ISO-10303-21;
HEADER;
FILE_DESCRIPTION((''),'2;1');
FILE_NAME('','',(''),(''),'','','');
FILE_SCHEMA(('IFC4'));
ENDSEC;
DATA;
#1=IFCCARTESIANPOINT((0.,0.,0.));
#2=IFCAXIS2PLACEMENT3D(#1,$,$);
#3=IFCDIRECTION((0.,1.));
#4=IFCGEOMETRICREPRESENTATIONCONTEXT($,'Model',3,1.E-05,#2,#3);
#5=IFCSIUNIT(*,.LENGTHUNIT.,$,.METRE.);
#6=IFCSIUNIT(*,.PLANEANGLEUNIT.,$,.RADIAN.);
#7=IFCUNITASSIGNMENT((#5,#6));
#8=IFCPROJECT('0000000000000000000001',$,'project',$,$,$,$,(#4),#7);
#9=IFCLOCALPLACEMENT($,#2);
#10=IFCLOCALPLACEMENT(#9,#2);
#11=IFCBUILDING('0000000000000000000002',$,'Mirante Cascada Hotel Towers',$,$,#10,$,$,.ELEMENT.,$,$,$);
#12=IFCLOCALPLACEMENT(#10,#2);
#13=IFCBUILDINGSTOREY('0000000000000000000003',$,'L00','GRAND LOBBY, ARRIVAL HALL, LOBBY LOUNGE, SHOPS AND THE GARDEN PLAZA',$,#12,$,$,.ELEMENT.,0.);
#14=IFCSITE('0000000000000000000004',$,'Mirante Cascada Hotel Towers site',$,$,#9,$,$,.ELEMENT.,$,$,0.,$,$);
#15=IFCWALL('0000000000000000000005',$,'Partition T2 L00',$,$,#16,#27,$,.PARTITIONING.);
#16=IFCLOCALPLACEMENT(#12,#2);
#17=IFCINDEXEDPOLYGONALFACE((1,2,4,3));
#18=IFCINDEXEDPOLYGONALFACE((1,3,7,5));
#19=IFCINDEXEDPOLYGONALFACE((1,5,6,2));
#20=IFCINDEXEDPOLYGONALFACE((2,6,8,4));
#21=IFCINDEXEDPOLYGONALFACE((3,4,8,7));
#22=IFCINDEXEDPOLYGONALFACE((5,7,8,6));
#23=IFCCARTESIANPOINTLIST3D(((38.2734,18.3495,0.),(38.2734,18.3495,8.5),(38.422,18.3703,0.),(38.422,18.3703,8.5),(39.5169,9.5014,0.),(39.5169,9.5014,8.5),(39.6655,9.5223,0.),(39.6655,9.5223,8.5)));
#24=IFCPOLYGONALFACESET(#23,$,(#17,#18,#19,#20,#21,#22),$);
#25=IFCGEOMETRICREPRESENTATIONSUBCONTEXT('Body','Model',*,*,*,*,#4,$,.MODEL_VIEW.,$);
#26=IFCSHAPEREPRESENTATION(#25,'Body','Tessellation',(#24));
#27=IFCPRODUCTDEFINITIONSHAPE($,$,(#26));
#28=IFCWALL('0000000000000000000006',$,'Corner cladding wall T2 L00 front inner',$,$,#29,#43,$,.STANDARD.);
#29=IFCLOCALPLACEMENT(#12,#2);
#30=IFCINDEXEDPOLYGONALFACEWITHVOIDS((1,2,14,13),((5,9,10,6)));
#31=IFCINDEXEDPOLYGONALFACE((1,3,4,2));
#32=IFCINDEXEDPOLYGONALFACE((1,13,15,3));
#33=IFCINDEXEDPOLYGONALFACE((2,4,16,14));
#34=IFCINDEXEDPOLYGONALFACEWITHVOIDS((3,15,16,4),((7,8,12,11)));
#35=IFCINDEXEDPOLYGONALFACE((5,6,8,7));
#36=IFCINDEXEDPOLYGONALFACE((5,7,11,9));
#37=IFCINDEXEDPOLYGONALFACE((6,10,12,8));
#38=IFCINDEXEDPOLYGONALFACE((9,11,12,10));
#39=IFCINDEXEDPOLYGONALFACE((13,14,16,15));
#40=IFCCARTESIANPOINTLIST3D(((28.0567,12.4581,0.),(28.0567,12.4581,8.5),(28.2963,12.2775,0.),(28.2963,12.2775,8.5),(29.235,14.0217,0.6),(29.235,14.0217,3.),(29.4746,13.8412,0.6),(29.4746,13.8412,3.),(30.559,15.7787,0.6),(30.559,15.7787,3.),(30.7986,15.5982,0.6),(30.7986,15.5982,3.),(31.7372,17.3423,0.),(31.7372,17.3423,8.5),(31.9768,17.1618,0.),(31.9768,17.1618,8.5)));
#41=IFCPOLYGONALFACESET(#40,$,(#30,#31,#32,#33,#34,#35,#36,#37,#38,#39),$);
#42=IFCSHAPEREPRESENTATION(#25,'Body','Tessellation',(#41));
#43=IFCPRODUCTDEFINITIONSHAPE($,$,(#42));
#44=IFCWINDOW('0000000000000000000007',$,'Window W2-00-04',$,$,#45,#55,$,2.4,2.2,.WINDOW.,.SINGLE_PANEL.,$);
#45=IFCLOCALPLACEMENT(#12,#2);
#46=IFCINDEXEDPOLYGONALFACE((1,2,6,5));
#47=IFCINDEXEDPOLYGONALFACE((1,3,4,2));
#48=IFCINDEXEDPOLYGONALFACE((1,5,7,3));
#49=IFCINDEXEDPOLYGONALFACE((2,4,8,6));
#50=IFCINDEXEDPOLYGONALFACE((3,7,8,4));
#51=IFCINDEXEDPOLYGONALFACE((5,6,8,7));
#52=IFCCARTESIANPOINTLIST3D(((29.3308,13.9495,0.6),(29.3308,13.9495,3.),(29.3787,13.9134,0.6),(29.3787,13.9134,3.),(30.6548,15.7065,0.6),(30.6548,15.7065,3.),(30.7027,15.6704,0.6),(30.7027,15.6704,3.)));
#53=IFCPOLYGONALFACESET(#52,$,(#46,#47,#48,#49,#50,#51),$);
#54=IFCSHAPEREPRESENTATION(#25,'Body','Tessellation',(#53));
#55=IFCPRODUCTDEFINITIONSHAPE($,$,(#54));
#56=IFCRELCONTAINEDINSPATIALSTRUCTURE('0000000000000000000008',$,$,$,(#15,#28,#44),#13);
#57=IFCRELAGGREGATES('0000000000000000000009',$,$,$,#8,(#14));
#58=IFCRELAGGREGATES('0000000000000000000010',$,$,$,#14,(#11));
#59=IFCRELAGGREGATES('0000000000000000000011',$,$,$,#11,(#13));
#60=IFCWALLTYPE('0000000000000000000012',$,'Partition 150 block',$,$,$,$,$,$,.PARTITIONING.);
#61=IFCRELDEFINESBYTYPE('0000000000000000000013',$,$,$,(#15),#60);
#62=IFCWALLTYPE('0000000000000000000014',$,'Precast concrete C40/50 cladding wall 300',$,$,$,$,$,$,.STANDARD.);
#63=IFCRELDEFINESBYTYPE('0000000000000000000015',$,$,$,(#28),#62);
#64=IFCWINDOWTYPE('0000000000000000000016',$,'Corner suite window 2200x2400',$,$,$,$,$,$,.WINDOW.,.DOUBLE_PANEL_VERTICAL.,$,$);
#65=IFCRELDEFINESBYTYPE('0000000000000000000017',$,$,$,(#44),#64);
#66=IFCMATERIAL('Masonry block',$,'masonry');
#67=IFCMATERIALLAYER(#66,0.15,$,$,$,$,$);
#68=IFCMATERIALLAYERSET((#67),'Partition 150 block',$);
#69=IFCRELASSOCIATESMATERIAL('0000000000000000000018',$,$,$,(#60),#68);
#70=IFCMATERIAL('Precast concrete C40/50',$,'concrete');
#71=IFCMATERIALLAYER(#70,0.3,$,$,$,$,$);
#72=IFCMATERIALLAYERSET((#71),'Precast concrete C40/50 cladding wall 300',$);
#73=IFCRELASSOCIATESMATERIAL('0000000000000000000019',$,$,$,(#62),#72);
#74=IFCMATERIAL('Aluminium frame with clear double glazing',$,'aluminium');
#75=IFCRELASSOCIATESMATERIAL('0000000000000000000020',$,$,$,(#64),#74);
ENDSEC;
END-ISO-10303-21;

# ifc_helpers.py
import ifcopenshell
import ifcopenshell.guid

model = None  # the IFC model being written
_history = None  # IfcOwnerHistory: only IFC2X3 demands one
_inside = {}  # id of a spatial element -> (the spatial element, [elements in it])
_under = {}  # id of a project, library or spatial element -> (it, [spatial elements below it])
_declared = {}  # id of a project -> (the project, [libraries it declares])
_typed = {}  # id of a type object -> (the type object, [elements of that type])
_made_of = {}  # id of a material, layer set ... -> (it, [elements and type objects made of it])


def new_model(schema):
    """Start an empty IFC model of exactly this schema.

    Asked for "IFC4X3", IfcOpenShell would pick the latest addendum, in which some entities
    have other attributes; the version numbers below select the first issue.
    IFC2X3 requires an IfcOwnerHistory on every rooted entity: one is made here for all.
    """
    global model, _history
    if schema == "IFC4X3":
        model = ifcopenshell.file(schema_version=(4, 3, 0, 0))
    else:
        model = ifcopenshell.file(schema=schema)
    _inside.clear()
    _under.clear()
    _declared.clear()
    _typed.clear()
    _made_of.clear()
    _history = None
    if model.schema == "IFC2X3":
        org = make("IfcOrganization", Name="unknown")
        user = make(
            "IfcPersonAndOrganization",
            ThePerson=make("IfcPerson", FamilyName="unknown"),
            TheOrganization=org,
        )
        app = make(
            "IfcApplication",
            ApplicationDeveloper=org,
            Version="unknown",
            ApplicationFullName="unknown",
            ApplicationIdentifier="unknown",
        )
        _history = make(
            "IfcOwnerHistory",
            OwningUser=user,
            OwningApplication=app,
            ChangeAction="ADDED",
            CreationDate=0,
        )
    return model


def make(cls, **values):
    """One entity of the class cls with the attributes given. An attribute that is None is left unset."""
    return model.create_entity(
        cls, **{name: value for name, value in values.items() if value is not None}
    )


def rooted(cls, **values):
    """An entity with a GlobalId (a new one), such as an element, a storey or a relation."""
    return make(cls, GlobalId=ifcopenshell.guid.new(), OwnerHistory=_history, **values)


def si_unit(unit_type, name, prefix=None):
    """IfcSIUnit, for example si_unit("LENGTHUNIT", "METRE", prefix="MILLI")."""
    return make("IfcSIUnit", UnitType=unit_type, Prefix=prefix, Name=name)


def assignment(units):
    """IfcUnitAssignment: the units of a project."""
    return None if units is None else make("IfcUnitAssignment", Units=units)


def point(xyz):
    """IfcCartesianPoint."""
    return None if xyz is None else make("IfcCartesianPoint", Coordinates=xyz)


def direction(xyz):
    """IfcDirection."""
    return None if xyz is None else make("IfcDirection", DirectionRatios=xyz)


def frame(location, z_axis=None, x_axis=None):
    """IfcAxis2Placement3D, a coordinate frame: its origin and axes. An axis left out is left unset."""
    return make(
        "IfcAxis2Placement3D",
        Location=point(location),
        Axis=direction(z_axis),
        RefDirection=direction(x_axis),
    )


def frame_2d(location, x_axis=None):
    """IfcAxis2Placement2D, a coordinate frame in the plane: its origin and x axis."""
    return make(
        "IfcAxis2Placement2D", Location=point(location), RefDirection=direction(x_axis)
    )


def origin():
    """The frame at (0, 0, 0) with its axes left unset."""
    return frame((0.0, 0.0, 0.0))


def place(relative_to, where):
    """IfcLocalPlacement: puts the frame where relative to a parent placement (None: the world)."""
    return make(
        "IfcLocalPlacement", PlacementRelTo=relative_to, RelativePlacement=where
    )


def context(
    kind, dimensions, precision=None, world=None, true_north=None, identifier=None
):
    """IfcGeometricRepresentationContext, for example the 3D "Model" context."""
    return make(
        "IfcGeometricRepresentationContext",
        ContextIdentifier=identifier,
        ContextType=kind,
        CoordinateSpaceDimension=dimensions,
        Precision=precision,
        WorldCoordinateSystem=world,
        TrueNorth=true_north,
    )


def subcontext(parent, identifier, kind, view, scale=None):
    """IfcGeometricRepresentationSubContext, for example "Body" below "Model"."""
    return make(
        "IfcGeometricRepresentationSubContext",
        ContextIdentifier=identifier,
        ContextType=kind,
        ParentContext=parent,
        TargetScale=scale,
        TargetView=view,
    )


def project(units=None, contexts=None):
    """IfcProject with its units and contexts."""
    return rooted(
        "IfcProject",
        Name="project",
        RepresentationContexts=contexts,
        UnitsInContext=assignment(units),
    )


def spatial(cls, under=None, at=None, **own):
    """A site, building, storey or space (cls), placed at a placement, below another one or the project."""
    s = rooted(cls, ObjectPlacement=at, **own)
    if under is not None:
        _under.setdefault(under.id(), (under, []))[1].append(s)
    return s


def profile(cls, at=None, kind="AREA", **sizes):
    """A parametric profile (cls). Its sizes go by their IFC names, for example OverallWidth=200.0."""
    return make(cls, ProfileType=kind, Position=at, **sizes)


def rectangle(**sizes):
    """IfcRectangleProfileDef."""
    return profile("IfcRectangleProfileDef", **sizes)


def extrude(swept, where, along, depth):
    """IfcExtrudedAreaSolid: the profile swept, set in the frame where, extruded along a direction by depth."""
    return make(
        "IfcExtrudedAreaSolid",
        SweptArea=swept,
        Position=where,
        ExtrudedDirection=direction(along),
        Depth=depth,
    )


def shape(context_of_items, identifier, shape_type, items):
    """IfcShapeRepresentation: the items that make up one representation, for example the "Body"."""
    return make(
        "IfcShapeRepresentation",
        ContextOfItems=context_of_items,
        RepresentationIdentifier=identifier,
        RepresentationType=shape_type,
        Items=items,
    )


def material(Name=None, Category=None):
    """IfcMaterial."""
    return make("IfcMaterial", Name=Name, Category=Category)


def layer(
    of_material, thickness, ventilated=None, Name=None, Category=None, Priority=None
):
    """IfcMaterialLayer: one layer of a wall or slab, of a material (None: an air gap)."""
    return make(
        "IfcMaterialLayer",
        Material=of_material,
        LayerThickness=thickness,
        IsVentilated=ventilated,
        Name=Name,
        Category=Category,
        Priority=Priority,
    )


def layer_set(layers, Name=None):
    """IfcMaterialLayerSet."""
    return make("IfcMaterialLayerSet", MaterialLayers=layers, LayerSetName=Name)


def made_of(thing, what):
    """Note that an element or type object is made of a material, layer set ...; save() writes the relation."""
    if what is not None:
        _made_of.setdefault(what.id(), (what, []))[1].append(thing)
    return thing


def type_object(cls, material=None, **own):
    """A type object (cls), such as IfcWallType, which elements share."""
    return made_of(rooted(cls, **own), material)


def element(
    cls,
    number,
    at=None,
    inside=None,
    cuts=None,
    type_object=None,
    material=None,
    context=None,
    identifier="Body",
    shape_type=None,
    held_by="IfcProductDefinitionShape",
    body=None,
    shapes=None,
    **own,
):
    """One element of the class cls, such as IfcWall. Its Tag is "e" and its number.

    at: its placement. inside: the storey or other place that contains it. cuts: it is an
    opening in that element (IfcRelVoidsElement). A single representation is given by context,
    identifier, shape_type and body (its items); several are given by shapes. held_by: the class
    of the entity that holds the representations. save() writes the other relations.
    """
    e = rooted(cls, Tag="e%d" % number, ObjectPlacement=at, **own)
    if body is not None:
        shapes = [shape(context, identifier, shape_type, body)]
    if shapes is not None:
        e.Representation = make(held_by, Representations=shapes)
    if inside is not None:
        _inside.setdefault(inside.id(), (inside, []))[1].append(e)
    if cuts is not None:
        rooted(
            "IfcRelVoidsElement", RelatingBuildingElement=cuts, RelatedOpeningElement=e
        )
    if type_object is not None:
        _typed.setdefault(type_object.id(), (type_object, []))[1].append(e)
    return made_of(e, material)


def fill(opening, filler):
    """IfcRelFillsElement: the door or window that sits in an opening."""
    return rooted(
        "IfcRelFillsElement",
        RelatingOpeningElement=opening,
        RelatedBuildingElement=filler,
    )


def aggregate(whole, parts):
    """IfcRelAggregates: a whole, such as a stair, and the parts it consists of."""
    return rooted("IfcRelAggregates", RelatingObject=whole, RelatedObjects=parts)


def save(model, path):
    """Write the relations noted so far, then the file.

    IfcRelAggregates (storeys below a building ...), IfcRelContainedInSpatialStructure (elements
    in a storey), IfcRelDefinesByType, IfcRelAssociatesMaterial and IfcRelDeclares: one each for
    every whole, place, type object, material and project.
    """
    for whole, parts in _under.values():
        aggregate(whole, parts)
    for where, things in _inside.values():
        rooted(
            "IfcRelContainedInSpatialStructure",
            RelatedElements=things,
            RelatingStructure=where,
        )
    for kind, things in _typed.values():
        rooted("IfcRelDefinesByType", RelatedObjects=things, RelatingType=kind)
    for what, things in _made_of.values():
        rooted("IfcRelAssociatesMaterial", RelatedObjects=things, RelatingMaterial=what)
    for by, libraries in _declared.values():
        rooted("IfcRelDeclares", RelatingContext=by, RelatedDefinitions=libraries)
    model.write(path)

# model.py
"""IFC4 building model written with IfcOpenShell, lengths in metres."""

from ifc_helpers import new_model, si_unit, direction, frame, frame_2d, origin, place, context, subcontext, project, spatial, rectangle, extrude, material, layer, layer_set, type_object, element, fill, save


model = new_model("IFC4")

# Units and contexts
model_context = context("Model", 3, precision=1e-05, world=origin(), true_north=direction((0.0, 1.0)))
body_context = subcontext(model_context, "Body", "Model", "MODEL_VIEW")
ifc_project = project(units=[si_unit("LENGTHUNIT", "METRE"), si_unit("PLANEANGLEUNIT", "RADIAN")], contexts=[model_context])

# Site, building, storey
site_placement = place(None, origin())
site = spatial("IfcSite", under=ifc_project, at=site_placement, Name="Mirante Cascada Hotel Towers site", CompositionType="ELEMENT", RefElevation=0.0)
building_placement = place(site_placement, origin())
building = spatial("IfcBuilding", under=site, at=building_placement, Name="Mirante Cascada Hotel Towers", CompositionType="ELEMENT")
storey_placement = place(building_placement, origin())
storey = spatial("IfcBuildingStorey", under=building, at=storey_placement, Name="L00", Description="GRAND LOBBY, ARRIVAL HALL, LOBBY LOUNGE, SHOPS AND THE GARDEN PLAZA", CompositionType="ELEMENT", Elevation=0.0)

# Wall
ifc_material_1 = material(Name="Masonry block", Category="masonry")
ifc_layer_1 = layer(ifc_material_1, 0.15)
ifc_layer_set_1 = layer_set([ifc_layer_1], Name="Partition 150 block")
wall_type_1 = type_object("IfcWallType", Name="Partition 150 block", PredefinedType="PARTITIONING", material=ifc_layer_set_1)
wall_1_placement = place(storey_placement, frame((38.3477, 18.3599, 0.0), z_axis=(0.0, 0.0, 1.0), x_axis=(0.139173, -0.990268, 0.0)))
element("IfcWall", 1, at=wall_1_placement, inside=storey, type_object=wall_type_1, Name="Partition T2 L00", PredefinedType="PARTITIONING", context=body_context, shape_type="SweptSolid", body=[
    extrude(rectangle(XDim=8.935, YDim=0.15, at=frame_2d((4.4675, 0.0))), origin(), (0.0, 0.0, 1.0), 8.5),
])

# Wall, opening, window
ifc_material_2 = material(Name="Precast concrete C40/50", Category="concrete")
ifc_layer_2 = layer(ifc_material_2, 0.3)
ifc_layer_set_2 = layer_set([ifc_layer_2], Name="Precast concrete C40/50 cladding wall 300")
wall_type_2 = type_object("IfcWallType", Name="Precast concrete C40/50 cladding wall 300", PredefinedType="STANDARD", material=ifc_layer_set_2)
wall_2_placement = place(storey_placement, frame((31.857, 17.252, 0.0), z_axis=(0.0, 0.0, 1.0), x_axis=(-0.601814, -0.798636, 0.0)))
wall_2 = element("IfcWall", 2, at=wall_2_placement, inside=storey, type_object=wall_type_2, Name="Corner cladding wall T2 L00 front inner", PredefinedType="STANDARD", context=body_context, shape_type="SweptSolid", body=[
    extrude(rectangle(XDim=6.1157, YDim=0.3, at=frame_2d((3.0578, 0.0))), origin(), (0.0, 0.0, 1.0), 8.5),
])
opening_1_placement = place(wall_2_placement, frame((1.9578, 0.0, 0.6)))
opening_1 = element("IfcOpeningElement", 3, at=opening_1_placement, cuts=wall_2, PredefinedType="OPENING", context=body_context, shape_type="SweptSolid", body=[
    extrude(rectangle(XDim=2.2, YDim=2.4, at=frame_2d((1.1, 1.2))), frame((0.0, 0.15, 0.0), z_axis=(0.0, -1.0, 0.0), x_axis=(1.0, 0.0, 0.0)), (0.0, 0.0, 1.0), 0.3),
])
ifc_material_3 = material(Name="Aluminium frame with clear double glazing", Category="aluminium")
window_type = type_object("IfcWindowType", Name="Corner suite window 2200x2400", PartitioningType="DOUBLE_PANEL_VERTICAL", PredefinedType="WINDOW", material=ifc_material_3)
window_placement = place(opening_1_placement, origin())
window = element("IfcWindow", 4, at=window_placement, inside=storey, type_object=window_type, Name="Window W2-00-04", OverallHeight=2.4, OverallWidth=2.2, PartitioningType="SINGLE_PANEL", PredefinedType="WINDOW", context=body_context, shape_type="SweptSolid", body=[
    extrude(rectangle(XDim=2.2, YDim=2.4, at=frame_2d((1.1, 1.2))), frame((0.0, 0.03, 0.0), z_axis=(0.0, -1.0, 0.0), x_axis=(1.0, 0.0, 0.0)), (0.0, 0.0, 1.0), 0.06),
])
fill(opening_1, window)

save(model, "model.ifc")
